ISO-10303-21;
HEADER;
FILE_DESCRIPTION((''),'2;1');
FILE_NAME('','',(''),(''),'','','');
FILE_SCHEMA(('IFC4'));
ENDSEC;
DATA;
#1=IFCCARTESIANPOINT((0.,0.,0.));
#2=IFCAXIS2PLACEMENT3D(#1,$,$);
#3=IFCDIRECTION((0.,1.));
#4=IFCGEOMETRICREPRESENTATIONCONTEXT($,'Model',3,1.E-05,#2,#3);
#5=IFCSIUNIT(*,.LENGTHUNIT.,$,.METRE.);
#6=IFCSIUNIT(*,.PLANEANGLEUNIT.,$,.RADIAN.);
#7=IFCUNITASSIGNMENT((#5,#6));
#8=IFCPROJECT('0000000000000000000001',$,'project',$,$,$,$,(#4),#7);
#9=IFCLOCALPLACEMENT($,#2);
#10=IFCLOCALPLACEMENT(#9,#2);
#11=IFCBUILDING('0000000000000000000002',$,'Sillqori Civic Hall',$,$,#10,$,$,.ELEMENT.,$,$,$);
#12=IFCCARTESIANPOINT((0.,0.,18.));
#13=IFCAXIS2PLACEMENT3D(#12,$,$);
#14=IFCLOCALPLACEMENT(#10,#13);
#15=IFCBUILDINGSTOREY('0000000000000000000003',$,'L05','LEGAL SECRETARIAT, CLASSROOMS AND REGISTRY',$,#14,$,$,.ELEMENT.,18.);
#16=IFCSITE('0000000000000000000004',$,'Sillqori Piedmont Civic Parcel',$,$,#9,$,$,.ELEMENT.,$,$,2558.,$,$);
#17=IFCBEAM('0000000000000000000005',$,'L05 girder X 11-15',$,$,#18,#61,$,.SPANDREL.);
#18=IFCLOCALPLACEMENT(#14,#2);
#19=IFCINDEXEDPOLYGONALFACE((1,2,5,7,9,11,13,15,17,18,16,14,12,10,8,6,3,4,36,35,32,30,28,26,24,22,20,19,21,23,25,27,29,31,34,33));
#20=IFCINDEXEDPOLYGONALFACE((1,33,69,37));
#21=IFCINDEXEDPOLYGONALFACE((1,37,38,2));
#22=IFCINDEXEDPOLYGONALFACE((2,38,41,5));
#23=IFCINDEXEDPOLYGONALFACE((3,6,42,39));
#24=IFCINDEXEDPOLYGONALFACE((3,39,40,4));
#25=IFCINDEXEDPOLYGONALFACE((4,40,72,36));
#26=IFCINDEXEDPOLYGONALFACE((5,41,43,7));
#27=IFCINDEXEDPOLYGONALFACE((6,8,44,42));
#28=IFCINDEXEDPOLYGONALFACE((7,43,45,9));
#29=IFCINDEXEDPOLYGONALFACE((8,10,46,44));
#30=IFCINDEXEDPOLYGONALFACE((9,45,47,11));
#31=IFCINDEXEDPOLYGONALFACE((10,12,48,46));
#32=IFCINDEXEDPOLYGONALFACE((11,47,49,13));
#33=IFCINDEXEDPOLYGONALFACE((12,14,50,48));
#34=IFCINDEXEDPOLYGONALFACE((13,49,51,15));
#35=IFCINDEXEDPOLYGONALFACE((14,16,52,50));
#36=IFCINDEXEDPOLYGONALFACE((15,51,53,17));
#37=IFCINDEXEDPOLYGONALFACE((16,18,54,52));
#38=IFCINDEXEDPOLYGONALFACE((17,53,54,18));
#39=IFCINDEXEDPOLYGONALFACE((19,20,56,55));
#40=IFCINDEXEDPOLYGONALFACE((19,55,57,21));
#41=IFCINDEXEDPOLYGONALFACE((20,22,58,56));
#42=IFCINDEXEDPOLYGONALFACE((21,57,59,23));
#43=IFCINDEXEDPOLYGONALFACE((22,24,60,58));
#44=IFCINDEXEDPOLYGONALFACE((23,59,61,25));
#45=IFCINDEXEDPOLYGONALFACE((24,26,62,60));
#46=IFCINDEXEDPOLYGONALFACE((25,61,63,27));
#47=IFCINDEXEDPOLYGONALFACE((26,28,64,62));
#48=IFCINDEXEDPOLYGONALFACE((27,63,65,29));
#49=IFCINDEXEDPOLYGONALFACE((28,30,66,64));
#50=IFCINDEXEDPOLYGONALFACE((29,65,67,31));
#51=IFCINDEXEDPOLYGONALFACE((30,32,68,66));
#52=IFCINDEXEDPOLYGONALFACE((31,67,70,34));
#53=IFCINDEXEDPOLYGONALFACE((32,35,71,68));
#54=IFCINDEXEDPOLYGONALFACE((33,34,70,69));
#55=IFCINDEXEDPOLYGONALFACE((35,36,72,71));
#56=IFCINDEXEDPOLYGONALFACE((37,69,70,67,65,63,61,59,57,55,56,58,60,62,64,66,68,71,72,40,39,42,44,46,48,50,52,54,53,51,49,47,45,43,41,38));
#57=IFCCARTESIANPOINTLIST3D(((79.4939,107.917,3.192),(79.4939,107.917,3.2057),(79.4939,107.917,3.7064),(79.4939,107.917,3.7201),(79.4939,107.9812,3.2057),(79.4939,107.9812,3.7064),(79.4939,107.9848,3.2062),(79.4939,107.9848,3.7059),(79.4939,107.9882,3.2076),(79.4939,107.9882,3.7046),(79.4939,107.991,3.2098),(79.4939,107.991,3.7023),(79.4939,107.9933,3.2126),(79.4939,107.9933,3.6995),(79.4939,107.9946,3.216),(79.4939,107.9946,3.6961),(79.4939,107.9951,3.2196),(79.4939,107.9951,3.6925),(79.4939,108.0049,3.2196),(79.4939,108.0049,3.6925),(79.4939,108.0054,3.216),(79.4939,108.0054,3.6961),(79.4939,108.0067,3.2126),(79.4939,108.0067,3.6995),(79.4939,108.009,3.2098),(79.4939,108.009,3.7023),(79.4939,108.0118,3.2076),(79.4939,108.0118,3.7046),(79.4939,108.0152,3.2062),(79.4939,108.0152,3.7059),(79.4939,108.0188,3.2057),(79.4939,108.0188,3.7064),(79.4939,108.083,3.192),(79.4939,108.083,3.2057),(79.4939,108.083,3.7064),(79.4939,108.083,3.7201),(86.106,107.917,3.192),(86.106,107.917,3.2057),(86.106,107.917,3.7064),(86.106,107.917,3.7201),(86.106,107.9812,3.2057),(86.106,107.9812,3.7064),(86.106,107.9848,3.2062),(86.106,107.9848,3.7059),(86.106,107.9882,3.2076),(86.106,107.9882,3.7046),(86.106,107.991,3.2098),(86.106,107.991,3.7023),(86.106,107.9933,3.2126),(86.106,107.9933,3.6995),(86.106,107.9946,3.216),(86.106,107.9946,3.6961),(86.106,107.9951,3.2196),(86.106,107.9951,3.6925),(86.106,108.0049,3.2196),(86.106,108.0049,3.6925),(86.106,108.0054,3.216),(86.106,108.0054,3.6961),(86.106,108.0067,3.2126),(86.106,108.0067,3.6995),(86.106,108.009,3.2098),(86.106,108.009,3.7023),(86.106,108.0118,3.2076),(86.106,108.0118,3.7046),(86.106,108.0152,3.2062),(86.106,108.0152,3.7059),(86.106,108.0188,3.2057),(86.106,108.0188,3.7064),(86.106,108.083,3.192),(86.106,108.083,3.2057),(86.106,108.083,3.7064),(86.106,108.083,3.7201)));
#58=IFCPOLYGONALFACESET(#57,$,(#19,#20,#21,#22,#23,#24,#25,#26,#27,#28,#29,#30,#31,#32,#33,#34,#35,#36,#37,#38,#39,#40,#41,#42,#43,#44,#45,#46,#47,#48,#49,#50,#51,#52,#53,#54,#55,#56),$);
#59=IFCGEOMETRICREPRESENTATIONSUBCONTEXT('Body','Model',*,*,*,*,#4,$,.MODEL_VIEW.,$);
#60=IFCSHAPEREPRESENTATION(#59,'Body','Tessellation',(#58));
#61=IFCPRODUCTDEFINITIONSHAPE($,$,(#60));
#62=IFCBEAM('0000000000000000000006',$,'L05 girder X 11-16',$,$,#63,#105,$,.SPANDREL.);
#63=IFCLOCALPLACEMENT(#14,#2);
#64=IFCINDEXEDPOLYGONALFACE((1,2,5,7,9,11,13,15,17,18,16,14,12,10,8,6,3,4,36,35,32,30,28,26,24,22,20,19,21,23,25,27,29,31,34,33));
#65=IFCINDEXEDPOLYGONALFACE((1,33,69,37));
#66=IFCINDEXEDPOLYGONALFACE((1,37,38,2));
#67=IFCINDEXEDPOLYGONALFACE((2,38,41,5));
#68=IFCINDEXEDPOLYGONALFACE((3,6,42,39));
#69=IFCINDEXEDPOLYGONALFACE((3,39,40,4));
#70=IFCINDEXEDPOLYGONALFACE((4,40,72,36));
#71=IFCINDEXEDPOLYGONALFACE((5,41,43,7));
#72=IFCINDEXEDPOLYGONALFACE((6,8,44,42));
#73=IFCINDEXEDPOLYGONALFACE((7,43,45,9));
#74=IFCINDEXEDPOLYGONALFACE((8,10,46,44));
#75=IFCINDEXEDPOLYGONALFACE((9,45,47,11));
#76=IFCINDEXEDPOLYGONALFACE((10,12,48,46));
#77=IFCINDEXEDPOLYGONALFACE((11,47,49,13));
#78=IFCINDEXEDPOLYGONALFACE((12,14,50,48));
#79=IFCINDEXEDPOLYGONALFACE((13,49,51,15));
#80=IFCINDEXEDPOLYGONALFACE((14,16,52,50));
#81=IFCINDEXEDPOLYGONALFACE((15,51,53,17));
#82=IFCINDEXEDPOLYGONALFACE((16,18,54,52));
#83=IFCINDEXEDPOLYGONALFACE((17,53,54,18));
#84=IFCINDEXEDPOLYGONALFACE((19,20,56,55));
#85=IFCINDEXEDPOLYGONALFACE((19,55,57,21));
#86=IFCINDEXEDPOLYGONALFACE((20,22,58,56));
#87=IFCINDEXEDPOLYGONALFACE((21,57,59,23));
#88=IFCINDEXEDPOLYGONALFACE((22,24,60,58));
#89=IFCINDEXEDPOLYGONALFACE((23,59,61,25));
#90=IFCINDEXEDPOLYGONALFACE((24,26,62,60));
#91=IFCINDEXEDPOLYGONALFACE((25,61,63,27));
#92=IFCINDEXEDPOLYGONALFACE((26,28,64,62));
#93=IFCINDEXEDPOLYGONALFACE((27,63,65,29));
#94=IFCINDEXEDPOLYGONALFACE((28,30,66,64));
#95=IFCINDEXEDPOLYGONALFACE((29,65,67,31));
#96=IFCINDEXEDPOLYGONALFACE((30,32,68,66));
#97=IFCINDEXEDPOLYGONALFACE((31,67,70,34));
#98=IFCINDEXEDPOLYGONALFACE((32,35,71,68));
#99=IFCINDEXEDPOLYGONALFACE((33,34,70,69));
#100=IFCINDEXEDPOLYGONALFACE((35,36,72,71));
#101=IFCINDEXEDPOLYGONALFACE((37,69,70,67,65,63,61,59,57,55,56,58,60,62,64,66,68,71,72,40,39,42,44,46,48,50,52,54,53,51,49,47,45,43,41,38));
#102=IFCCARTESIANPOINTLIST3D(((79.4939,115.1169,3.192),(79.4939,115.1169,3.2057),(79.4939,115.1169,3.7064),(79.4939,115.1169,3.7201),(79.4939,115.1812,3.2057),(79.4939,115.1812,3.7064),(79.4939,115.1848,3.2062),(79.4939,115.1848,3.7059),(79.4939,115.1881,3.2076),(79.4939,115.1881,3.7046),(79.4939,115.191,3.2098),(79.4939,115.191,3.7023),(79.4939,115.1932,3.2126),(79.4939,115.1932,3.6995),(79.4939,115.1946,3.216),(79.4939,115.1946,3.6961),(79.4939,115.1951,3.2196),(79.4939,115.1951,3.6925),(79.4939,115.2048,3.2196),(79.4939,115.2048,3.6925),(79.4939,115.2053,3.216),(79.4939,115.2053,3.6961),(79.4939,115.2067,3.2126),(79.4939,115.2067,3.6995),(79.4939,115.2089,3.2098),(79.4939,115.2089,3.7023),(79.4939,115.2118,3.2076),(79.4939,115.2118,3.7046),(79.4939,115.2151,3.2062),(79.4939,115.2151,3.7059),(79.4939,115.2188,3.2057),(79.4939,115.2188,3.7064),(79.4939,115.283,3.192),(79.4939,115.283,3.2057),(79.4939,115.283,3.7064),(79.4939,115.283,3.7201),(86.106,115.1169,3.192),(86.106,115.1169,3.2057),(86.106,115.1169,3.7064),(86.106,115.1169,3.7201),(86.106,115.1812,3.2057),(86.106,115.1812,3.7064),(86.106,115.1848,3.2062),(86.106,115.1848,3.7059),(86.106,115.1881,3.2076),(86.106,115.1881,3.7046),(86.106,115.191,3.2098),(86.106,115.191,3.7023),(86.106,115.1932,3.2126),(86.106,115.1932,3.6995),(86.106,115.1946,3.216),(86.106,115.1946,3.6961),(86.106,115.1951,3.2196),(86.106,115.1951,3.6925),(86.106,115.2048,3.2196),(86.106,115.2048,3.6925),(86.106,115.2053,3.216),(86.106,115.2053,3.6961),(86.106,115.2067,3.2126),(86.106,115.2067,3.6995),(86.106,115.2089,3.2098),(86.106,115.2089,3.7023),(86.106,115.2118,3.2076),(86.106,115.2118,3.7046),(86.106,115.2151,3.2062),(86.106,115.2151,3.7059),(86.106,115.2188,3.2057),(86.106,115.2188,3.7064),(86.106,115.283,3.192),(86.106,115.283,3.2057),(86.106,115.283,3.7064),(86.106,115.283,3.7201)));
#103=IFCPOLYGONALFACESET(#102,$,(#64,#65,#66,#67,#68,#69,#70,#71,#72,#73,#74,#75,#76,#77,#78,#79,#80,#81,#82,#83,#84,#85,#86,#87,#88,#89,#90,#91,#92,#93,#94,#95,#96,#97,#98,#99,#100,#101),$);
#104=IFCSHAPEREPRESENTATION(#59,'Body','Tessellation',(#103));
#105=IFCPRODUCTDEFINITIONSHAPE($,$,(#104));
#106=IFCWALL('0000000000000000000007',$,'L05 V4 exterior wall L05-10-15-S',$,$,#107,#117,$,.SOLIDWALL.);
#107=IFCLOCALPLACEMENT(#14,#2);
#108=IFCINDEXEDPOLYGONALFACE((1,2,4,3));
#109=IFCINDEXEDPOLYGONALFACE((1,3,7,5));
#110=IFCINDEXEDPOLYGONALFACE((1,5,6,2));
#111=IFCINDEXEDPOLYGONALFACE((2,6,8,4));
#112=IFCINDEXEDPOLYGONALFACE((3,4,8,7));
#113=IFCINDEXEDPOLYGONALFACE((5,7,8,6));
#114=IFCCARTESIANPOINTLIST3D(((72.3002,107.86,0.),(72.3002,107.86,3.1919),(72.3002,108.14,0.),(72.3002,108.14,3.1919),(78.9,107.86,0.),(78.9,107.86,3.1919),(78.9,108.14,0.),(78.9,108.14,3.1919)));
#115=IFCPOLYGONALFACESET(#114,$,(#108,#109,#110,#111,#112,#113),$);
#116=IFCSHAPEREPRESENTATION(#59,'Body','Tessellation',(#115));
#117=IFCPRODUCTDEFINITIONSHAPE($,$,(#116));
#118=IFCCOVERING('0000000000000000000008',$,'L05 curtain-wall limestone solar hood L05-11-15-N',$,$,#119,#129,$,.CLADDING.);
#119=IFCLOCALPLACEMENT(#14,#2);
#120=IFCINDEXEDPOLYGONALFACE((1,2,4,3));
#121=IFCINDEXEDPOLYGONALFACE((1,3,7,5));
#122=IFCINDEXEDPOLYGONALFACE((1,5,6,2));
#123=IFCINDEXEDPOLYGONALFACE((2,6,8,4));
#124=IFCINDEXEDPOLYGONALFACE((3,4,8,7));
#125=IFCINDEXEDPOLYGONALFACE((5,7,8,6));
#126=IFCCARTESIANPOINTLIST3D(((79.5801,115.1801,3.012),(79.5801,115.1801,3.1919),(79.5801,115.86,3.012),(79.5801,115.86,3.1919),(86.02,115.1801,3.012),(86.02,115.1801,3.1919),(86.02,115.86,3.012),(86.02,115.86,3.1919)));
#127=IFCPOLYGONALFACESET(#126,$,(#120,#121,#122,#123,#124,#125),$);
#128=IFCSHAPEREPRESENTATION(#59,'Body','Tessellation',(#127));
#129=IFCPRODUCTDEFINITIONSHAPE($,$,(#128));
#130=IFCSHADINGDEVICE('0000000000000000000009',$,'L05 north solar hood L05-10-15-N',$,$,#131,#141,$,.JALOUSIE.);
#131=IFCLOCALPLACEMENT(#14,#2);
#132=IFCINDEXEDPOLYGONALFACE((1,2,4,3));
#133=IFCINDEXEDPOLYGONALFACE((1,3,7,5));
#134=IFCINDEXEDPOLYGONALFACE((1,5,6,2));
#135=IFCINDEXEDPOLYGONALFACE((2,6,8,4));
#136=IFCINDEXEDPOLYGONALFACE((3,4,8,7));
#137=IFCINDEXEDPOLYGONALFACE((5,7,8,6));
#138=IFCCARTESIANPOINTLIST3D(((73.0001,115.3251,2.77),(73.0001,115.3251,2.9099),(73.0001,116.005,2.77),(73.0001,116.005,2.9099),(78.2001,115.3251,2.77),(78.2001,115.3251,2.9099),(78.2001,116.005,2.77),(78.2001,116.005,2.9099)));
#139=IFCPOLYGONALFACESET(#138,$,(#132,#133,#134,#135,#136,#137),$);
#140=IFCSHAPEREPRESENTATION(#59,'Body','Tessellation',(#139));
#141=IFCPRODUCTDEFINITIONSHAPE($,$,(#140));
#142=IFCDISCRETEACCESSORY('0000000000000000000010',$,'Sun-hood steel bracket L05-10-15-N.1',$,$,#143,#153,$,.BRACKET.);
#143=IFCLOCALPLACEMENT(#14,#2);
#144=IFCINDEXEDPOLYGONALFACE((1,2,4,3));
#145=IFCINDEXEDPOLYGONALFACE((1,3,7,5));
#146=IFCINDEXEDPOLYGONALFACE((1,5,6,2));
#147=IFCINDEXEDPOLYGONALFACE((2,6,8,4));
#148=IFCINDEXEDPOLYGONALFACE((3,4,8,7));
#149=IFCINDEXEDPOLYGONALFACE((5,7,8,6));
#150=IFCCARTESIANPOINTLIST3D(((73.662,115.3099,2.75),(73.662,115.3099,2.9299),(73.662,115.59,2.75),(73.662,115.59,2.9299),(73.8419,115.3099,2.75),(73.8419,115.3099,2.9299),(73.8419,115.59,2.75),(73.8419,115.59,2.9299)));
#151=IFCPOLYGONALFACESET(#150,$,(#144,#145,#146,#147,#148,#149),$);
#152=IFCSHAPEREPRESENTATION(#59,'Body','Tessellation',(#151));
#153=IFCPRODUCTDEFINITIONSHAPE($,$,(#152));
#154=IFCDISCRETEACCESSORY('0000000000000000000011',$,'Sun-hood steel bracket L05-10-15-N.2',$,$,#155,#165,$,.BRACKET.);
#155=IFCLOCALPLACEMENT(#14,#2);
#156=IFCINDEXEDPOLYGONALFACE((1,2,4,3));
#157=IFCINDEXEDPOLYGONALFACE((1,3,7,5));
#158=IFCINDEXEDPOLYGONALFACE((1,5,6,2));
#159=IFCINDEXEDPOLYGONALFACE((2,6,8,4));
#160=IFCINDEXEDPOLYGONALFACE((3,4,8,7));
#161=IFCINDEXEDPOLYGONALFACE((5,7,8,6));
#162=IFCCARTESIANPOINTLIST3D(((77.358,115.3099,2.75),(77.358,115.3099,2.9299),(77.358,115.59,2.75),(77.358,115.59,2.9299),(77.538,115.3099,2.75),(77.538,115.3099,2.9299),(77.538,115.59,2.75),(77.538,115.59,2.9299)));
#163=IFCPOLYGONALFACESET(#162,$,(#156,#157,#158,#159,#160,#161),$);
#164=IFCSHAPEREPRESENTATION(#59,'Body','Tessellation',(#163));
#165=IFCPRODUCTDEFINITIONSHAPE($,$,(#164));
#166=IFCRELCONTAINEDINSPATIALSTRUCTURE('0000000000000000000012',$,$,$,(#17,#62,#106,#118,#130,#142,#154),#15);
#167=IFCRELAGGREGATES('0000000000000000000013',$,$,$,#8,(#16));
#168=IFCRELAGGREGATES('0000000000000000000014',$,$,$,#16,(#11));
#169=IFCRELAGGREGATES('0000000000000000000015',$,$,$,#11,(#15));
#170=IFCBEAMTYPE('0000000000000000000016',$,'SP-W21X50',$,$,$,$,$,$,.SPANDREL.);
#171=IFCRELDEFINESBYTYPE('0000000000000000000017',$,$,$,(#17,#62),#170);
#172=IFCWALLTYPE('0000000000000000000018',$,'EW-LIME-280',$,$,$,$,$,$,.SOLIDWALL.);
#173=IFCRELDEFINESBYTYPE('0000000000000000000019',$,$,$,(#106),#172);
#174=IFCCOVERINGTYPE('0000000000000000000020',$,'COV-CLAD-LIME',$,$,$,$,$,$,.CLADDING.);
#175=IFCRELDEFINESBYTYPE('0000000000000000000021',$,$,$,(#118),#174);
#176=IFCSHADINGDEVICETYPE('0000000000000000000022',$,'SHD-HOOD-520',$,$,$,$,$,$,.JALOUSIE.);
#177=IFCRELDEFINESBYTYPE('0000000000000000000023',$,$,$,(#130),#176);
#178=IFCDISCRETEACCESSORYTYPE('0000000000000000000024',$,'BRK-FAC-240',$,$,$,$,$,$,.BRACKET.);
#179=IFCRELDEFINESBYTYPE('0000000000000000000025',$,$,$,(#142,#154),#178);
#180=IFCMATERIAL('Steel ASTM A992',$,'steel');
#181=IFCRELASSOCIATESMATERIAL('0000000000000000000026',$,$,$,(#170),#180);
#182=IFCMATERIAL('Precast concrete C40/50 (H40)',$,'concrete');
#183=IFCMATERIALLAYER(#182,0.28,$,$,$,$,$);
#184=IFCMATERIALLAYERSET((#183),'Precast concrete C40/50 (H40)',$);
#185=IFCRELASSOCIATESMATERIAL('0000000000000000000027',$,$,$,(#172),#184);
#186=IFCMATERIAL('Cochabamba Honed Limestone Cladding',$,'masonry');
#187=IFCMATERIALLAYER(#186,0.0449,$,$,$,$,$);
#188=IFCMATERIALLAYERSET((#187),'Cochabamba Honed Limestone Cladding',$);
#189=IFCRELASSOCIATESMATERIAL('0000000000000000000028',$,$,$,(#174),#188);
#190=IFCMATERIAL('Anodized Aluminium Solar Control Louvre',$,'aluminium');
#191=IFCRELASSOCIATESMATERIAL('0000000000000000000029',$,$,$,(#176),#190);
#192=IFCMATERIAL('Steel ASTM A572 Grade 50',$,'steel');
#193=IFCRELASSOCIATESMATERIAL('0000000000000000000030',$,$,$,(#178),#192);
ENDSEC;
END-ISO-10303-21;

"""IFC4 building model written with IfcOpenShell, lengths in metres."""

from ifc_helpers import new_model, si_unit, direction, frame, frame_2d, origin, origin_2d, place, context, subcontext, project, spatial, rectangle, i_section, extrude, material, layer, layer_set, material_profile, profile_set, type_object, element, save


model = new_model("IFC4")

# Units and contexts
model_context = context("Model", 3, precision=1e-05, world=origin(), true_north=direction((0.0, 1.0)))
body_context = subcontext(model_context, "Body", "Model", "MODEL_VIEW")
ifc_project = project(units=[si_unit("LENGTHUNIT", "METRE"), si_unit("PLANEANGLEUNIT", "RADIAN")], contexts=[model_context])

# Site, building, storey
site_placement = place(None, origin())
site = spatial("IfcSite", under=ifc_project, at=site_placement, Name="Sillqori Piedmont Civic Parcel", CompositionType="ELEMENT", RefElevation=2558.0)
building_placement = place(site_placement, origin())
building = spatial("IfcBuilding", under=site, at=building_placement, Name="Sillqori Civic Hall", CompositionType="ELEMENT")
storey_placement = place(building_placement, frame((0.0, 0.0, 18.0)))
storey = spatial("IfcBuildingStorey", under=building, at=storey_placement, Name="L05", Description="LEGAL SECRETARIAT, CLASSROOMS AND REGISTRY", CompositionType="ELEMENT", Elevation=18.0)

# Beams
ifc_material_1 = material(Name="Steel ASTM A992", Category="steel")
ifc_material_profile_1 = material_profile(ifc_material_1, i_section(OverallWidth=0.166, OverallDepth=0.5281, WebThickness=0.0098, FlangeThickness=0.0137, FilletRadius=0.0139, at=origin_2d()), Name="W21X50")
ifc_profile_set_1 = profile_set([ifc_material_profile_1], Name="Steel ASTM A992")
beam_type_1 = type_object("IfcBeamType", Name="SP-W21X50", PredefinedType="SPANDREL", material=ifc_profile_set_1)
for number, where, z_axis, x_axis, name in (
    (1, (79.4939, 108.0, 3.4561), (1.0, 0.0, 0.0), (0.0, 1.0, 0.0), "L05 girder X 11-15"),
    (2, (79.4939, 115.2, 3.4561), (1.0, 0.0, 0.0), (0.0, 1.0, 0.0), "L05 girder X 11-16"),
):
    element("IfcBeam", number, at=place(storey_placement, frame(where, z_axis=z_axis, x_axis=x_axis)), inside=storey, type_object=beam_type_1, Name=name, PredefinedType="SPANDREL", context=body_context, shape_type="SweptSolid", body=[
        extrude(i_section(OverallWidth=0.166, OverallDepth=0.5281, WebThickness=0.0098, FlangeThickness=0.0137, FilletRadius=0.0139, at=origin_2d()), origin(), (0.0, 0.0, 1.0), 6.6121),
    ])

# Wall
ifc_material_2 = material(Name="Precast concrete C40/50 (H40)", Category="concrete")
ifc_layer_1 = layer(ifc_material_2, 0.28)
ifc_layer_set_1 = layer_set([ifc_layer_1], Name="Precast concrete C40/50 (H40)")
wall_type = type_object("IfcWallType", Name="EW-LIME-280", PredefinedType="SOLIDWALL", material=ifc_layer_set_1)
wall_placement = place(storey_placement, frame((78.8999, 108.0, 0.0), z_axis=(0.0, 0.0, 1.0), x_axis=(-1.0, 0.0, 0.0)))
element("IfcWall", 3, at=wall_placement, inside=storey, type_object=wall_type, Name="L05 V4 exterior wall L05-10-15-S", PredefinedType="SOLIDWALL", context=body_context, shape_type="SweptSolid", body=[
    extrude(rectangle(XDim=6.5999, YDim=0.28, at=frame_2d((3.2998, 0.0))), origin(), (0.0, 0.0, 1.0), 3.1919),
])

# Covering
ifc_material_3 = material(Name="Cochabamba Honed Limestone Cladding", Category="masonry")
ifc_layer_2 = layer(ifc_material_3, 0.0449)
ifc_layer_set_2 = layer_set([ifc_layer_2], Name="Cochabamba Honed Limestone Cladding")
covering_type = type_object("IfcCoveringType", Name="COV-CLAD-LIME", PredefinedType="CLADDING", material=ifc_layer_set_2)
covering_placement = place(storey_placement, frame((79.5801, 115.52, 3.012), z_axis=(0.0, 0.0, 1.0), x_axis=(1.0, 0.0, 0.0)))
element("IfcCovering", 4, at=covering_placement, inside=storey, type_object=covering_type, Name="L05 curtain-wall limestone solar hood L05-11-15-N", PredefinedType="CLADDING", context=body_context, shape_type="SweptSolid", body=[
    extrude(rectangle(XDim=6.4399, YDim=0.6799, at=frame_2d((3.22, 0.0))), origin(), (0.0, 0.0, 1.0), 0.1799),
])

# Shading device
ifc_material_4 = material(Name="Anodized Aluminium Solar Control Louvre", Category="aluminium")
shading_device_type = type_object("IfcShadingDeviceType", Name="SHD-HOOD-520", PredefinedType="JALOUSIE", material=ifc_material_4)
shading_device_placement = place(storey_placement, frame((75.6001, 115.665, 2.77), z_axis=(0.0, 0.0, 1.0), x_axis=(1.0, 0.0, 0.0)))
element("IfcShadingDevice", 5, at=shading_device_placement, inside=storey, type_object=shading_device_type, Name="L05 north solar hood L05-10-15-N", PredefinedType="JALOUSIE", context=body_context, shape_type="SweptSolid", body=[
    extrude(rectangle(XDim=5.2, YDim=0.6799, at=origin_2d()), origin(), (0.0, 0.0, 1.0), 0.1399),
])

# Discrete accessories
ifc_material_5 = material(Name="Steel ASTM A572 Grade 50", Category="steel")
discrete_accessory_type = type_object("IfcDiscreteAccessoryType", Name="BRK-FAC-240", PredefinedType="BRACKET", material=ifc_material_5)
for number, where, z_axis, x_axis, name in (
    (6, (73.752, 115.45, 2.75), (0.0, 0.0, 1.0), (1.0, 0.0, 0.0), "Sun-hood steel bracket L05-10-15-N.1"),
    (7, (77.448, 115.45, 2.75), (0.0, 0.0, 1.0), (1.0, 0.0, 0.0), "Sun-hood steel bracket L05-10-15-N.2"),
):
    element("IfcDiscreteAccessory", number, at=place(storey_placement, frame(where, z_axis=z_axis, x_axis=x_axis)), inside=storey, type_object=discrete_accessory_type, Name=name, PredefinedType="BRACKET", context=body_context, shape_type="SweptSolid", body=[
        extrude(rectangle(XDim=0.1799, YDim=0.28, at=origin_2d()), origin(), (0.0, 0.0, 1.0), 0.1799),
    ])

save(model, "model.ifc")
